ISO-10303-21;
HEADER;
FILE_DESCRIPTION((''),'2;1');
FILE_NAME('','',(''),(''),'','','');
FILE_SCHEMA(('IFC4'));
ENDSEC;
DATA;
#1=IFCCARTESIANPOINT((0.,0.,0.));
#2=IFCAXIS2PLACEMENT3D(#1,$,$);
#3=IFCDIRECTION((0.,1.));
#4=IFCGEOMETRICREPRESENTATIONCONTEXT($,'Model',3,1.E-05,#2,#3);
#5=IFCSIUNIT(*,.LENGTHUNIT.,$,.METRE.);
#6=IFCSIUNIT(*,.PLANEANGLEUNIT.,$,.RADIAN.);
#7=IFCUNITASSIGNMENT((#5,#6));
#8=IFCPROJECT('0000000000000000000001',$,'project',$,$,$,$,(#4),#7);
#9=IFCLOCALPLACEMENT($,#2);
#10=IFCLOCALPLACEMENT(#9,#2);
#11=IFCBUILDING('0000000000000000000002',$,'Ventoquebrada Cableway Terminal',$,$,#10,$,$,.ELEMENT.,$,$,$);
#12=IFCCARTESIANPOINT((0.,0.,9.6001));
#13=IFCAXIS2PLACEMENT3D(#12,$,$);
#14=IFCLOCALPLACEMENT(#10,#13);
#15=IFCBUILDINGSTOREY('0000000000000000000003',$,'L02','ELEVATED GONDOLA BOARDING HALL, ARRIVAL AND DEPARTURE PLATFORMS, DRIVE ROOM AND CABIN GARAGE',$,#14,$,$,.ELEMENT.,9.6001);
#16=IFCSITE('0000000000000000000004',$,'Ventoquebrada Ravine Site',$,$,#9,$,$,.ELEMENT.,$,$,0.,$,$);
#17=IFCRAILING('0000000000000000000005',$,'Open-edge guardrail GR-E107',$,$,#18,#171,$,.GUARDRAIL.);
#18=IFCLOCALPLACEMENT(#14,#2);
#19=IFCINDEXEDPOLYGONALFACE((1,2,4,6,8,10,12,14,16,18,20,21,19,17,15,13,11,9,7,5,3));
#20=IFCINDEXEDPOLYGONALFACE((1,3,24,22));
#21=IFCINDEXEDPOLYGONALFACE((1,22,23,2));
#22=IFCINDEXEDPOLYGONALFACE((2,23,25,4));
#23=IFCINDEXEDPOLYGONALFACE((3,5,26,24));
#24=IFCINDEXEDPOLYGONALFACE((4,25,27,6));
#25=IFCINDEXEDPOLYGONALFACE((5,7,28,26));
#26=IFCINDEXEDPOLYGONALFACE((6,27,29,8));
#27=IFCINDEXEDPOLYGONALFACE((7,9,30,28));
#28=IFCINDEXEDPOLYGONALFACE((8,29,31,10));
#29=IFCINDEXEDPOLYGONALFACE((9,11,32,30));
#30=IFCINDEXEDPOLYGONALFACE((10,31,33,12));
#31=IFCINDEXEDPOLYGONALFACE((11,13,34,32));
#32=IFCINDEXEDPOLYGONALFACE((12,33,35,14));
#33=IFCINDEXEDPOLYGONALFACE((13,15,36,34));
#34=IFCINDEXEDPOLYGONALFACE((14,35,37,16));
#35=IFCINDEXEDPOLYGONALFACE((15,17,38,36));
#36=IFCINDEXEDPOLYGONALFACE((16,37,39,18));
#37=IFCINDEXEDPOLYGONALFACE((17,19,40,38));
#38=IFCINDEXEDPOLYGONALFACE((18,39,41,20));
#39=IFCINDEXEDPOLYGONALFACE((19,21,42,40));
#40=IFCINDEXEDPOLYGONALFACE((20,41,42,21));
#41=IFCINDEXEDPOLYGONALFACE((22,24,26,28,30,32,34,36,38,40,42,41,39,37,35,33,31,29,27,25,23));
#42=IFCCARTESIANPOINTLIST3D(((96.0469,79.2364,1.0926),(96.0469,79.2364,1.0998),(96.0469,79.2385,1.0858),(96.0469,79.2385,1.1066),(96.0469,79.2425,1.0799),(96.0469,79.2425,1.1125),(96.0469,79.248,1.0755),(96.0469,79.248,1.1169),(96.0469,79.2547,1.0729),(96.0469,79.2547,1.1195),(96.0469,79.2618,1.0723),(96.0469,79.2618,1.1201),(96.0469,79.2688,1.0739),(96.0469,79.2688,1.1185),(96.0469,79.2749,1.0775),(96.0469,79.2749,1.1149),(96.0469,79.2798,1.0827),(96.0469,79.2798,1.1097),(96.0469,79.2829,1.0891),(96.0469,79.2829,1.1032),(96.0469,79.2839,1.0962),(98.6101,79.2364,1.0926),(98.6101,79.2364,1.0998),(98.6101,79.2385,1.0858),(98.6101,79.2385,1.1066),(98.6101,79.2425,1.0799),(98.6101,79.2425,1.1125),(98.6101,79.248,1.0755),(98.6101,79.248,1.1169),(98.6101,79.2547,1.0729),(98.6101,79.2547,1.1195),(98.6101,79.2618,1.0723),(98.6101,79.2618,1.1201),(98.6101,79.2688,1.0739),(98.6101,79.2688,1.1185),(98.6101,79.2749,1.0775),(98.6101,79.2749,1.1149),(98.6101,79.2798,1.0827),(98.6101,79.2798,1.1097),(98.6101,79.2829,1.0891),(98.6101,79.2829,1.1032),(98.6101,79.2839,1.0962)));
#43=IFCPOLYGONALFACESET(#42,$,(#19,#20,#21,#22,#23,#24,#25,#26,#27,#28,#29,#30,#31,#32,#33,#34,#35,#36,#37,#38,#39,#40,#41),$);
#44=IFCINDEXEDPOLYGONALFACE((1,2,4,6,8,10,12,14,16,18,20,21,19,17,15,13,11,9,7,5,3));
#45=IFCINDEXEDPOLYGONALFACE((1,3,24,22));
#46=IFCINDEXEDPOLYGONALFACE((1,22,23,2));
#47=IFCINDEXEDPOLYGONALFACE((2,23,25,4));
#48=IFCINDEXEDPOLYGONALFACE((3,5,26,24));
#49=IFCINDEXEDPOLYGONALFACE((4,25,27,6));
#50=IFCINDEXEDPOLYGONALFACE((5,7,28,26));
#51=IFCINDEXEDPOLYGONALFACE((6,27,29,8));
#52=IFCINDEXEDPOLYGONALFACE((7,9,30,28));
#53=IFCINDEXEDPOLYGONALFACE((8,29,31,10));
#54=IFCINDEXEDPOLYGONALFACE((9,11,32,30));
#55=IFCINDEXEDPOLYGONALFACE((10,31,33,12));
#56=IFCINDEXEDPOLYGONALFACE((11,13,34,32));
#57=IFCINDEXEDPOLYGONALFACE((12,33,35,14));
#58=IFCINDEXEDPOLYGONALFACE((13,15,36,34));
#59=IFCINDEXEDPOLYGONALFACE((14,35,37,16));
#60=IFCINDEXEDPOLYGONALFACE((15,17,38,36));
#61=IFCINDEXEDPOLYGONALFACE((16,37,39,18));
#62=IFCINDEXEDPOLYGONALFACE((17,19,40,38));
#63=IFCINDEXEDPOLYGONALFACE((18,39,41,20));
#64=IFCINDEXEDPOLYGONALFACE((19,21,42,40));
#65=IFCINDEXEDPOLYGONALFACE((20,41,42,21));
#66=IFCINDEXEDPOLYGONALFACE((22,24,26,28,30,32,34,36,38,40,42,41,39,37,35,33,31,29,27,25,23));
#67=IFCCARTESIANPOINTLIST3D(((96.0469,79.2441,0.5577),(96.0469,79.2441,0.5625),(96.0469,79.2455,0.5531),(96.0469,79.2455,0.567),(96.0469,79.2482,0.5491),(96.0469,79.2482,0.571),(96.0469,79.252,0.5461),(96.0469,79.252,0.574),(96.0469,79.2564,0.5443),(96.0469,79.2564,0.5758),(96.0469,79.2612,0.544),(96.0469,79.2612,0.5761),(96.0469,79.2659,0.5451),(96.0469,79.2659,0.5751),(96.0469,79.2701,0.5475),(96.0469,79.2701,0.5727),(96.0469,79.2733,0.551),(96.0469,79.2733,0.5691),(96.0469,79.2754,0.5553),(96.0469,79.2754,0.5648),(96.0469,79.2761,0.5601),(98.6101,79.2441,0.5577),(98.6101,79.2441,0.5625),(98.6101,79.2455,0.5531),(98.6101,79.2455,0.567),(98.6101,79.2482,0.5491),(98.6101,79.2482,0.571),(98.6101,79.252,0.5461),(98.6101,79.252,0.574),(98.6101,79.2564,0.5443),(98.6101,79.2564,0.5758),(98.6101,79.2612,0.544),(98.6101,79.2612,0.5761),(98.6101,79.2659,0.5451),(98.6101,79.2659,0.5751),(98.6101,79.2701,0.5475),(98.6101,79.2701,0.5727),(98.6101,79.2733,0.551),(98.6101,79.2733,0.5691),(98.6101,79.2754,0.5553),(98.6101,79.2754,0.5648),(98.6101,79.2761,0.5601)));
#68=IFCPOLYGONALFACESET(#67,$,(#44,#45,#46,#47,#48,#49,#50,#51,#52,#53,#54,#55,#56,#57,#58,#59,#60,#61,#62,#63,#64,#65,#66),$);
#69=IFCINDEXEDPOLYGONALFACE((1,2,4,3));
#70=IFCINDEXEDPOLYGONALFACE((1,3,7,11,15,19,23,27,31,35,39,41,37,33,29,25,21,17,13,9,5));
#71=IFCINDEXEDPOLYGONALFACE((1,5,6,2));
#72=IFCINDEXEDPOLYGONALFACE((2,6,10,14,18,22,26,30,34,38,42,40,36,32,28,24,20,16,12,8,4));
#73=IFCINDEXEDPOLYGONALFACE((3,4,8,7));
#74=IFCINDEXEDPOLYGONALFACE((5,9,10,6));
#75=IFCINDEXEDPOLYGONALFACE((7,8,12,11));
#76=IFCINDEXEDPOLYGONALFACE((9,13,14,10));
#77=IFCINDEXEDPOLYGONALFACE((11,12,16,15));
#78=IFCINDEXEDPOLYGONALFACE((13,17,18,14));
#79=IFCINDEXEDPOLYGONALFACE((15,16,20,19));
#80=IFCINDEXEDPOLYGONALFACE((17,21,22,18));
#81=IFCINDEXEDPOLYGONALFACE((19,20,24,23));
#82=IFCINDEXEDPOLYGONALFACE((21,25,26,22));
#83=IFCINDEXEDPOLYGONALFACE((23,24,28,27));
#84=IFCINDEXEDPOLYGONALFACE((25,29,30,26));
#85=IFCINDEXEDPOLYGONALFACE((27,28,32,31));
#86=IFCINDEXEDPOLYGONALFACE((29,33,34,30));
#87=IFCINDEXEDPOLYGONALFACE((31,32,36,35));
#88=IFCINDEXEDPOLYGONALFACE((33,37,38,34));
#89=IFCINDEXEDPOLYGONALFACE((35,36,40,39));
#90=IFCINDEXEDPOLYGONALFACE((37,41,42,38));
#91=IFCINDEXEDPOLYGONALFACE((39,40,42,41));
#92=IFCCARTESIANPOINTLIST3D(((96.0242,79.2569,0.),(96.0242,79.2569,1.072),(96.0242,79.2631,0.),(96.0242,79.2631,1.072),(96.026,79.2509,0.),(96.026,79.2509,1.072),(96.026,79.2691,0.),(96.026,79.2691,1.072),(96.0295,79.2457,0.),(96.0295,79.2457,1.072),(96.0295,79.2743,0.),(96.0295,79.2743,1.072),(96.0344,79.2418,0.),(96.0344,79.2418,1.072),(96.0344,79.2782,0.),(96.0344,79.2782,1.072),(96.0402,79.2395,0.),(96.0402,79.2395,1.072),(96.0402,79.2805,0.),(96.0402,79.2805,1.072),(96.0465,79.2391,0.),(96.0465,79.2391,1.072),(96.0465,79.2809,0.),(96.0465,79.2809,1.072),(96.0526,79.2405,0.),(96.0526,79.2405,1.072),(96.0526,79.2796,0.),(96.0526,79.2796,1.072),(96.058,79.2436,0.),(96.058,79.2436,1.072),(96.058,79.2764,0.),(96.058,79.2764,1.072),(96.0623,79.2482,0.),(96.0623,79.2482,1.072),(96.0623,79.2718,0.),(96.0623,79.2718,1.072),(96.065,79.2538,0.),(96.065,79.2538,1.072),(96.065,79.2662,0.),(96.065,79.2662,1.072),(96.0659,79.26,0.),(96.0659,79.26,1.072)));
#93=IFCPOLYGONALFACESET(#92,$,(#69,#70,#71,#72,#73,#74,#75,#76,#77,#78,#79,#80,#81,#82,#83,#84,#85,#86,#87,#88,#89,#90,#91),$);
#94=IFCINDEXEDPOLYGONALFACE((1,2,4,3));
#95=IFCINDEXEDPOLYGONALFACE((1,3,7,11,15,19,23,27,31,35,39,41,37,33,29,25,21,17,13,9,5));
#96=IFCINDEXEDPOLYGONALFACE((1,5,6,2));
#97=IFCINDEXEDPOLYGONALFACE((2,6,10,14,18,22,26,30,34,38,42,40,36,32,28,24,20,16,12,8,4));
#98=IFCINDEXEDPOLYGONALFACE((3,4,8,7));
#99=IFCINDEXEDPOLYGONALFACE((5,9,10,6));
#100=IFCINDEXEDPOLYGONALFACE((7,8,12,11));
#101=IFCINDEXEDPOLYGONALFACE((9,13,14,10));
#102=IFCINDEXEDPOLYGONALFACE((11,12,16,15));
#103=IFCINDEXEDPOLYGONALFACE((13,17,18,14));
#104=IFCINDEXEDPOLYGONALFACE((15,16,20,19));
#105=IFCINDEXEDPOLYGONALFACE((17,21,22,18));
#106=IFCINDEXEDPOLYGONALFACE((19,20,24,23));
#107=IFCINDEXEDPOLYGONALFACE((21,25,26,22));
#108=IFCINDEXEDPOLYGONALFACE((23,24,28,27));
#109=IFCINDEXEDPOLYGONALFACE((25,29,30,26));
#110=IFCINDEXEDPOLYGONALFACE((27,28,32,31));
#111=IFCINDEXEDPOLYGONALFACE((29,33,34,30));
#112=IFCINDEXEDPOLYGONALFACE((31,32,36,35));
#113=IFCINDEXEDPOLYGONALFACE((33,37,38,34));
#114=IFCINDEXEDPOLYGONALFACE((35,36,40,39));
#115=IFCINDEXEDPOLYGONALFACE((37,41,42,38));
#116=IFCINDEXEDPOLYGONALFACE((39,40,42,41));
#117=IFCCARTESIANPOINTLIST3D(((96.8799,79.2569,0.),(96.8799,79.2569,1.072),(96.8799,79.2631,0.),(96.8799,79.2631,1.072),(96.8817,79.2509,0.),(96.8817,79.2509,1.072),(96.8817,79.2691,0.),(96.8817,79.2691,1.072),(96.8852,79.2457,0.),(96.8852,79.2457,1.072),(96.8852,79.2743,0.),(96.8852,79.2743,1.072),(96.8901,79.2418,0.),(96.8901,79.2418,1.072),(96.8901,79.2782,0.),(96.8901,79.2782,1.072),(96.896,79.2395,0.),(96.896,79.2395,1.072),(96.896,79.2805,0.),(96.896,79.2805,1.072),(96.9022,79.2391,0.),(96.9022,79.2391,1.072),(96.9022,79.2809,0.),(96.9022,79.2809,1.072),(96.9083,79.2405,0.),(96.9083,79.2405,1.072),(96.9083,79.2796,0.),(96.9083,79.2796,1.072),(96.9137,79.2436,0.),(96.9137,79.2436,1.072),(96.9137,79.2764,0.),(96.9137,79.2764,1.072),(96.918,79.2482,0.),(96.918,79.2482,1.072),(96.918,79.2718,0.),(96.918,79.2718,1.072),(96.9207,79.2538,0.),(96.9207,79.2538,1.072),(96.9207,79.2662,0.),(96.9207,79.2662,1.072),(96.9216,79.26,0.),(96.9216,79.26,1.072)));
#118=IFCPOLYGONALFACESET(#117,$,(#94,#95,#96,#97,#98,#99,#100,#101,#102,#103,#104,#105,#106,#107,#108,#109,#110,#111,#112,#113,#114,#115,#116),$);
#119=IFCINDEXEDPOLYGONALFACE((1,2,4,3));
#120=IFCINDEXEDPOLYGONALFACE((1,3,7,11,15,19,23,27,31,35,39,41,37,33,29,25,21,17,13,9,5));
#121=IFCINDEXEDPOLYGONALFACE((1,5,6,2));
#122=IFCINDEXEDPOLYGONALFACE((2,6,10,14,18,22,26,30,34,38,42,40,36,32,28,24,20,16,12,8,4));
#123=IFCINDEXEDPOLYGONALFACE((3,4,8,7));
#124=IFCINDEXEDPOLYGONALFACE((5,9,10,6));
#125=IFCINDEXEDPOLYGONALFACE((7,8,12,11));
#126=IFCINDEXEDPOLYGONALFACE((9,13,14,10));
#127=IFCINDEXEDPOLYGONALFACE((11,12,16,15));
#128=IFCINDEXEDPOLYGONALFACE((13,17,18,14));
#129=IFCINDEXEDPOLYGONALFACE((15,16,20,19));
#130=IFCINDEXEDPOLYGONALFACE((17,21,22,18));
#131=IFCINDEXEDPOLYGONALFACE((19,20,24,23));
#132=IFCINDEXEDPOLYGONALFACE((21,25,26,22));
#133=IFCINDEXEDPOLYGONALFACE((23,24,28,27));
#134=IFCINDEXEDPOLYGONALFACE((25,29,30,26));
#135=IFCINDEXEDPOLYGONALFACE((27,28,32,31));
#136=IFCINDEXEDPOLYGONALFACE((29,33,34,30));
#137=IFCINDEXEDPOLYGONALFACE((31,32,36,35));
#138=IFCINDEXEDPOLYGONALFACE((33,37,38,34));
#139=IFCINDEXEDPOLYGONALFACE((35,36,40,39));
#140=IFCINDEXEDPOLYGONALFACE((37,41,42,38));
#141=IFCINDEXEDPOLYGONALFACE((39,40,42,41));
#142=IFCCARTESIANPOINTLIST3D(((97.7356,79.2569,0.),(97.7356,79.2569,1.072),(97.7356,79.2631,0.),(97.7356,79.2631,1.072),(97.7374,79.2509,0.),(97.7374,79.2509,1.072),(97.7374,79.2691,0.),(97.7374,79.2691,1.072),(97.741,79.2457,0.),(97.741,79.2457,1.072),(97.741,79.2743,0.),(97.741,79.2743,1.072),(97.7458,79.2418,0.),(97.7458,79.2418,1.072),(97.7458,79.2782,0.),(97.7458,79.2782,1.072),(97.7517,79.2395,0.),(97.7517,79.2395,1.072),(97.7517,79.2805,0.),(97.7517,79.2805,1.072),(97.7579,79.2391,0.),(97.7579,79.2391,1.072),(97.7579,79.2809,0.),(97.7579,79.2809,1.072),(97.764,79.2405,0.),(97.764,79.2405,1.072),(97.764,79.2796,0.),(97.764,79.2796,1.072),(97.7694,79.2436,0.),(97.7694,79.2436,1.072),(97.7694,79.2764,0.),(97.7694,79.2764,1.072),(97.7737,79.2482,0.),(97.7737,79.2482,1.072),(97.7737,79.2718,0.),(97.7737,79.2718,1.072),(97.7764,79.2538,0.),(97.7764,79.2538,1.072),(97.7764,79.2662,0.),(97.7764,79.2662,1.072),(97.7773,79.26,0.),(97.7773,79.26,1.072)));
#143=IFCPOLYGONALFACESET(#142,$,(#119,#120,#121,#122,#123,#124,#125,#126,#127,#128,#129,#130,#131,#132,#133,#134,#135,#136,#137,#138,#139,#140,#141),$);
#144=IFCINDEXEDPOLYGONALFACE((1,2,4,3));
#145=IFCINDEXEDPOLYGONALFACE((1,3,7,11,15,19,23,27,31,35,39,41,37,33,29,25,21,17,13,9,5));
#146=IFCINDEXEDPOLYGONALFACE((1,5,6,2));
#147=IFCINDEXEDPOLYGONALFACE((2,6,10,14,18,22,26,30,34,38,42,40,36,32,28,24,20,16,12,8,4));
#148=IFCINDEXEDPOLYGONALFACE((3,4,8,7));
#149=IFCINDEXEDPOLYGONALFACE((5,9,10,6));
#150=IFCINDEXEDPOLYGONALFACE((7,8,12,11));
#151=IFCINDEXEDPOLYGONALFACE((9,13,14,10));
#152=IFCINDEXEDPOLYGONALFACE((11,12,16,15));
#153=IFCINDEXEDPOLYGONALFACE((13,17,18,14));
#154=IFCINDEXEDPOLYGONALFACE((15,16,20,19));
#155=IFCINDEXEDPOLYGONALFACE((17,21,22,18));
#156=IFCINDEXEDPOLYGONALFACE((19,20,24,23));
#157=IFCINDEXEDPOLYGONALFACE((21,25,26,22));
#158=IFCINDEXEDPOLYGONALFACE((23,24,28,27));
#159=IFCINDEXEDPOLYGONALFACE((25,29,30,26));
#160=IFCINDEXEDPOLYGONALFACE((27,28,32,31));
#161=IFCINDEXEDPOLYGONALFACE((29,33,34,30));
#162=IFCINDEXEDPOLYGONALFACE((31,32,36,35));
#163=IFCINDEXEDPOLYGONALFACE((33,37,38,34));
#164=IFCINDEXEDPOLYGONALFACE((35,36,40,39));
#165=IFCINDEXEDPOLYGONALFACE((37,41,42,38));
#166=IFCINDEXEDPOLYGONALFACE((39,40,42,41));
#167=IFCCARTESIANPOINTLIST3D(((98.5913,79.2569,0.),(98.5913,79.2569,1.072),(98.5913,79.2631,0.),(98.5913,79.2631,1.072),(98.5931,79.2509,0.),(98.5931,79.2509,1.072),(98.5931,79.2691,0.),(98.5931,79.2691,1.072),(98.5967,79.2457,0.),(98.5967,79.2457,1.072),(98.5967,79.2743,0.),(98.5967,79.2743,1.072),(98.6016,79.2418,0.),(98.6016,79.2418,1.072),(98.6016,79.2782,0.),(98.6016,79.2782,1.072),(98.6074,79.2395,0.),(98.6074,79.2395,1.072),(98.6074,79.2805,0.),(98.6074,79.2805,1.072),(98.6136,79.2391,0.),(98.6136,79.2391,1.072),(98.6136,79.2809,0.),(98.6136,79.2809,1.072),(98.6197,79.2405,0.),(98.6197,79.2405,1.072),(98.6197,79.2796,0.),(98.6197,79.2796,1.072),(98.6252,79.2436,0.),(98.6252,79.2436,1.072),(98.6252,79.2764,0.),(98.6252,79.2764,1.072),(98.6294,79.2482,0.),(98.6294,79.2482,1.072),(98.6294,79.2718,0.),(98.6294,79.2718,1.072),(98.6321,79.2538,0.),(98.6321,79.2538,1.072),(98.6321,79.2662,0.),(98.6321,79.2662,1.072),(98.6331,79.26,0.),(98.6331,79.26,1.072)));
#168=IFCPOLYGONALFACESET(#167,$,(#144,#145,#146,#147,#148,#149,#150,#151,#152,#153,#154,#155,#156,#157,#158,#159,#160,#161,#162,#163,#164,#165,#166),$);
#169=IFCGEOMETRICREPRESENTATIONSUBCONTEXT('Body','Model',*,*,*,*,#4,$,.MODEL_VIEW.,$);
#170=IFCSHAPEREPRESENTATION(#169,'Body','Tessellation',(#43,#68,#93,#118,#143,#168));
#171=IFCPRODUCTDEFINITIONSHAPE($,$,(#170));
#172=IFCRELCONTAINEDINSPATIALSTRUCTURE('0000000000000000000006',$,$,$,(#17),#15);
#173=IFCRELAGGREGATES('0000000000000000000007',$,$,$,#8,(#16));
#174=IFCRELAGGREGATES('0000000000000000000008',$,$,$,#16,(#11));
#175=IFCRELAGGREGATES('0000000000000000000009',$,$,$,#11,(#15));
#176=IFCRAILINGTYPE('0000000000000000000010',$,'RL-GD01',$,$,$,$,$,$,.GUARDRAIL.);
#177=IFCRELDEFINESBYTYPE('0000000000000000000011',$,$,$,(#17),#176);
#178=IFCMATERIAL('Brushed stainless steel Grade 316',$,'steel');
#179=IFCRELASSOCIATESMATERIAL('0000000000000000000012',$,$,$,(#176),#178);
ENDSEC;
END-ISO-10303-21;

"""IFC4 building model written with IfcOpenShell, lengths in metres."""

from ifc_helpers import new_model, si_unit, direction, frame, origin, origin_2d, place, context, subcontext, project, spatial, circle, extrude, material, type_object, element, save


model = new_model("IFC4")

# Units and contexts
model_context = context("Model", 3, precision=1e-05, world=origin(), true_north=direction((0.0, 1.0)))
body_context = subcontext(model_context, "Body", "Model", "MODEL_VIEW")
ifc_project = project(units=[si_unit("LENGTHUNIT", "METRE"), si_unit("PLANEANGLEUNIT", "RADIAN")], contexts=[model_context])

# Site, building, storey
site_placement = place(None, origin())
site = spatial("IfcSite", under=ifc_project, at=site_placement, Name="Ventoquebrada Ravine Site", CompositionType="ELEMENT", RefElevation=0.0)
building_placement = place(site_placement, origin())
building = spatial("IfcBuilding", under=site, at=building_placement, Name="Ventoquebrada Cableway Terminal", CompositionType="ELEMENT")
storey_placement = place(building_placement, frame((0.0, 0.0, 9.6001)))
storey = spatial("IfcBuildingStorey", under=building, at=storey_placement, Name="L02", Description="ELEVATED GONDOLA BOARDING HALL, ARRIVAL AND DEPARTURE PLATFORMS, DRIVE ROOM AND CABIN GARAGE", CompositionType="ELEMENT", Elevation=9.6001)

# Railing
ifc_material_1 = material(Name="Brushed stainless steel Grade 316", Category="steel")
railing_type = type_object("IfcRailingType", Name="RL-GD01", PredefinedType="GUARDRAIL", material=ifc_material_1)
railing_placement = place(storey_placement, frame((96.0449, 79.26, 0.0)))
element("IfcRailing", 1, at=railing_placement, inside=storey, type_object=railing_type, Name="Open-edge guardrail GR-E107", PredefinedType="GUARDRAIL", context=body_context, shape_type="SweptSolid", body=[
    extrude(circle(Radius=0.0239, at=origin_2d()), frame((0.002, 0.0, 1.0962), z_axis=(1.0, 0.0, 0.0), x_axis=(0.0, 1.0, 0.0)), (0.0, 0.0, 1.0), 2.5632),
    extrude(circle(Radius=0.0161, at=origin_2d()), frame((0.002, 0.0, 0.5601), z_axis=(1.0, 0.0, 0.0), x_axis=(0.0, 1.0, 0.0)), (0.0, 0.0, 1.0), 2.5632),
    extrude(circle(Radius=0.021, at=origin_2d()), origin(), (0.0, 0.0, 1.0), 1.072),
    extrude(circle(Radius=0.021, at=origin_2d()), frame((0.8557, 0.0, 0.0)), (0.0, 0.0, 1.0), 1.072),
    extrude(circle(Radius=0.021, at=origin_2d()), frame((1.7114, 0.0, 0.0)), (0.0, 0.0, 1.0), 1.072),
    extrude(circle(Radius=0.021, at=origin_2d()), frame((2.5671, 0.0, 0.0)), (0.0, 0.0, 1.0), 1.072),
])

save(model, "model.ifc")
